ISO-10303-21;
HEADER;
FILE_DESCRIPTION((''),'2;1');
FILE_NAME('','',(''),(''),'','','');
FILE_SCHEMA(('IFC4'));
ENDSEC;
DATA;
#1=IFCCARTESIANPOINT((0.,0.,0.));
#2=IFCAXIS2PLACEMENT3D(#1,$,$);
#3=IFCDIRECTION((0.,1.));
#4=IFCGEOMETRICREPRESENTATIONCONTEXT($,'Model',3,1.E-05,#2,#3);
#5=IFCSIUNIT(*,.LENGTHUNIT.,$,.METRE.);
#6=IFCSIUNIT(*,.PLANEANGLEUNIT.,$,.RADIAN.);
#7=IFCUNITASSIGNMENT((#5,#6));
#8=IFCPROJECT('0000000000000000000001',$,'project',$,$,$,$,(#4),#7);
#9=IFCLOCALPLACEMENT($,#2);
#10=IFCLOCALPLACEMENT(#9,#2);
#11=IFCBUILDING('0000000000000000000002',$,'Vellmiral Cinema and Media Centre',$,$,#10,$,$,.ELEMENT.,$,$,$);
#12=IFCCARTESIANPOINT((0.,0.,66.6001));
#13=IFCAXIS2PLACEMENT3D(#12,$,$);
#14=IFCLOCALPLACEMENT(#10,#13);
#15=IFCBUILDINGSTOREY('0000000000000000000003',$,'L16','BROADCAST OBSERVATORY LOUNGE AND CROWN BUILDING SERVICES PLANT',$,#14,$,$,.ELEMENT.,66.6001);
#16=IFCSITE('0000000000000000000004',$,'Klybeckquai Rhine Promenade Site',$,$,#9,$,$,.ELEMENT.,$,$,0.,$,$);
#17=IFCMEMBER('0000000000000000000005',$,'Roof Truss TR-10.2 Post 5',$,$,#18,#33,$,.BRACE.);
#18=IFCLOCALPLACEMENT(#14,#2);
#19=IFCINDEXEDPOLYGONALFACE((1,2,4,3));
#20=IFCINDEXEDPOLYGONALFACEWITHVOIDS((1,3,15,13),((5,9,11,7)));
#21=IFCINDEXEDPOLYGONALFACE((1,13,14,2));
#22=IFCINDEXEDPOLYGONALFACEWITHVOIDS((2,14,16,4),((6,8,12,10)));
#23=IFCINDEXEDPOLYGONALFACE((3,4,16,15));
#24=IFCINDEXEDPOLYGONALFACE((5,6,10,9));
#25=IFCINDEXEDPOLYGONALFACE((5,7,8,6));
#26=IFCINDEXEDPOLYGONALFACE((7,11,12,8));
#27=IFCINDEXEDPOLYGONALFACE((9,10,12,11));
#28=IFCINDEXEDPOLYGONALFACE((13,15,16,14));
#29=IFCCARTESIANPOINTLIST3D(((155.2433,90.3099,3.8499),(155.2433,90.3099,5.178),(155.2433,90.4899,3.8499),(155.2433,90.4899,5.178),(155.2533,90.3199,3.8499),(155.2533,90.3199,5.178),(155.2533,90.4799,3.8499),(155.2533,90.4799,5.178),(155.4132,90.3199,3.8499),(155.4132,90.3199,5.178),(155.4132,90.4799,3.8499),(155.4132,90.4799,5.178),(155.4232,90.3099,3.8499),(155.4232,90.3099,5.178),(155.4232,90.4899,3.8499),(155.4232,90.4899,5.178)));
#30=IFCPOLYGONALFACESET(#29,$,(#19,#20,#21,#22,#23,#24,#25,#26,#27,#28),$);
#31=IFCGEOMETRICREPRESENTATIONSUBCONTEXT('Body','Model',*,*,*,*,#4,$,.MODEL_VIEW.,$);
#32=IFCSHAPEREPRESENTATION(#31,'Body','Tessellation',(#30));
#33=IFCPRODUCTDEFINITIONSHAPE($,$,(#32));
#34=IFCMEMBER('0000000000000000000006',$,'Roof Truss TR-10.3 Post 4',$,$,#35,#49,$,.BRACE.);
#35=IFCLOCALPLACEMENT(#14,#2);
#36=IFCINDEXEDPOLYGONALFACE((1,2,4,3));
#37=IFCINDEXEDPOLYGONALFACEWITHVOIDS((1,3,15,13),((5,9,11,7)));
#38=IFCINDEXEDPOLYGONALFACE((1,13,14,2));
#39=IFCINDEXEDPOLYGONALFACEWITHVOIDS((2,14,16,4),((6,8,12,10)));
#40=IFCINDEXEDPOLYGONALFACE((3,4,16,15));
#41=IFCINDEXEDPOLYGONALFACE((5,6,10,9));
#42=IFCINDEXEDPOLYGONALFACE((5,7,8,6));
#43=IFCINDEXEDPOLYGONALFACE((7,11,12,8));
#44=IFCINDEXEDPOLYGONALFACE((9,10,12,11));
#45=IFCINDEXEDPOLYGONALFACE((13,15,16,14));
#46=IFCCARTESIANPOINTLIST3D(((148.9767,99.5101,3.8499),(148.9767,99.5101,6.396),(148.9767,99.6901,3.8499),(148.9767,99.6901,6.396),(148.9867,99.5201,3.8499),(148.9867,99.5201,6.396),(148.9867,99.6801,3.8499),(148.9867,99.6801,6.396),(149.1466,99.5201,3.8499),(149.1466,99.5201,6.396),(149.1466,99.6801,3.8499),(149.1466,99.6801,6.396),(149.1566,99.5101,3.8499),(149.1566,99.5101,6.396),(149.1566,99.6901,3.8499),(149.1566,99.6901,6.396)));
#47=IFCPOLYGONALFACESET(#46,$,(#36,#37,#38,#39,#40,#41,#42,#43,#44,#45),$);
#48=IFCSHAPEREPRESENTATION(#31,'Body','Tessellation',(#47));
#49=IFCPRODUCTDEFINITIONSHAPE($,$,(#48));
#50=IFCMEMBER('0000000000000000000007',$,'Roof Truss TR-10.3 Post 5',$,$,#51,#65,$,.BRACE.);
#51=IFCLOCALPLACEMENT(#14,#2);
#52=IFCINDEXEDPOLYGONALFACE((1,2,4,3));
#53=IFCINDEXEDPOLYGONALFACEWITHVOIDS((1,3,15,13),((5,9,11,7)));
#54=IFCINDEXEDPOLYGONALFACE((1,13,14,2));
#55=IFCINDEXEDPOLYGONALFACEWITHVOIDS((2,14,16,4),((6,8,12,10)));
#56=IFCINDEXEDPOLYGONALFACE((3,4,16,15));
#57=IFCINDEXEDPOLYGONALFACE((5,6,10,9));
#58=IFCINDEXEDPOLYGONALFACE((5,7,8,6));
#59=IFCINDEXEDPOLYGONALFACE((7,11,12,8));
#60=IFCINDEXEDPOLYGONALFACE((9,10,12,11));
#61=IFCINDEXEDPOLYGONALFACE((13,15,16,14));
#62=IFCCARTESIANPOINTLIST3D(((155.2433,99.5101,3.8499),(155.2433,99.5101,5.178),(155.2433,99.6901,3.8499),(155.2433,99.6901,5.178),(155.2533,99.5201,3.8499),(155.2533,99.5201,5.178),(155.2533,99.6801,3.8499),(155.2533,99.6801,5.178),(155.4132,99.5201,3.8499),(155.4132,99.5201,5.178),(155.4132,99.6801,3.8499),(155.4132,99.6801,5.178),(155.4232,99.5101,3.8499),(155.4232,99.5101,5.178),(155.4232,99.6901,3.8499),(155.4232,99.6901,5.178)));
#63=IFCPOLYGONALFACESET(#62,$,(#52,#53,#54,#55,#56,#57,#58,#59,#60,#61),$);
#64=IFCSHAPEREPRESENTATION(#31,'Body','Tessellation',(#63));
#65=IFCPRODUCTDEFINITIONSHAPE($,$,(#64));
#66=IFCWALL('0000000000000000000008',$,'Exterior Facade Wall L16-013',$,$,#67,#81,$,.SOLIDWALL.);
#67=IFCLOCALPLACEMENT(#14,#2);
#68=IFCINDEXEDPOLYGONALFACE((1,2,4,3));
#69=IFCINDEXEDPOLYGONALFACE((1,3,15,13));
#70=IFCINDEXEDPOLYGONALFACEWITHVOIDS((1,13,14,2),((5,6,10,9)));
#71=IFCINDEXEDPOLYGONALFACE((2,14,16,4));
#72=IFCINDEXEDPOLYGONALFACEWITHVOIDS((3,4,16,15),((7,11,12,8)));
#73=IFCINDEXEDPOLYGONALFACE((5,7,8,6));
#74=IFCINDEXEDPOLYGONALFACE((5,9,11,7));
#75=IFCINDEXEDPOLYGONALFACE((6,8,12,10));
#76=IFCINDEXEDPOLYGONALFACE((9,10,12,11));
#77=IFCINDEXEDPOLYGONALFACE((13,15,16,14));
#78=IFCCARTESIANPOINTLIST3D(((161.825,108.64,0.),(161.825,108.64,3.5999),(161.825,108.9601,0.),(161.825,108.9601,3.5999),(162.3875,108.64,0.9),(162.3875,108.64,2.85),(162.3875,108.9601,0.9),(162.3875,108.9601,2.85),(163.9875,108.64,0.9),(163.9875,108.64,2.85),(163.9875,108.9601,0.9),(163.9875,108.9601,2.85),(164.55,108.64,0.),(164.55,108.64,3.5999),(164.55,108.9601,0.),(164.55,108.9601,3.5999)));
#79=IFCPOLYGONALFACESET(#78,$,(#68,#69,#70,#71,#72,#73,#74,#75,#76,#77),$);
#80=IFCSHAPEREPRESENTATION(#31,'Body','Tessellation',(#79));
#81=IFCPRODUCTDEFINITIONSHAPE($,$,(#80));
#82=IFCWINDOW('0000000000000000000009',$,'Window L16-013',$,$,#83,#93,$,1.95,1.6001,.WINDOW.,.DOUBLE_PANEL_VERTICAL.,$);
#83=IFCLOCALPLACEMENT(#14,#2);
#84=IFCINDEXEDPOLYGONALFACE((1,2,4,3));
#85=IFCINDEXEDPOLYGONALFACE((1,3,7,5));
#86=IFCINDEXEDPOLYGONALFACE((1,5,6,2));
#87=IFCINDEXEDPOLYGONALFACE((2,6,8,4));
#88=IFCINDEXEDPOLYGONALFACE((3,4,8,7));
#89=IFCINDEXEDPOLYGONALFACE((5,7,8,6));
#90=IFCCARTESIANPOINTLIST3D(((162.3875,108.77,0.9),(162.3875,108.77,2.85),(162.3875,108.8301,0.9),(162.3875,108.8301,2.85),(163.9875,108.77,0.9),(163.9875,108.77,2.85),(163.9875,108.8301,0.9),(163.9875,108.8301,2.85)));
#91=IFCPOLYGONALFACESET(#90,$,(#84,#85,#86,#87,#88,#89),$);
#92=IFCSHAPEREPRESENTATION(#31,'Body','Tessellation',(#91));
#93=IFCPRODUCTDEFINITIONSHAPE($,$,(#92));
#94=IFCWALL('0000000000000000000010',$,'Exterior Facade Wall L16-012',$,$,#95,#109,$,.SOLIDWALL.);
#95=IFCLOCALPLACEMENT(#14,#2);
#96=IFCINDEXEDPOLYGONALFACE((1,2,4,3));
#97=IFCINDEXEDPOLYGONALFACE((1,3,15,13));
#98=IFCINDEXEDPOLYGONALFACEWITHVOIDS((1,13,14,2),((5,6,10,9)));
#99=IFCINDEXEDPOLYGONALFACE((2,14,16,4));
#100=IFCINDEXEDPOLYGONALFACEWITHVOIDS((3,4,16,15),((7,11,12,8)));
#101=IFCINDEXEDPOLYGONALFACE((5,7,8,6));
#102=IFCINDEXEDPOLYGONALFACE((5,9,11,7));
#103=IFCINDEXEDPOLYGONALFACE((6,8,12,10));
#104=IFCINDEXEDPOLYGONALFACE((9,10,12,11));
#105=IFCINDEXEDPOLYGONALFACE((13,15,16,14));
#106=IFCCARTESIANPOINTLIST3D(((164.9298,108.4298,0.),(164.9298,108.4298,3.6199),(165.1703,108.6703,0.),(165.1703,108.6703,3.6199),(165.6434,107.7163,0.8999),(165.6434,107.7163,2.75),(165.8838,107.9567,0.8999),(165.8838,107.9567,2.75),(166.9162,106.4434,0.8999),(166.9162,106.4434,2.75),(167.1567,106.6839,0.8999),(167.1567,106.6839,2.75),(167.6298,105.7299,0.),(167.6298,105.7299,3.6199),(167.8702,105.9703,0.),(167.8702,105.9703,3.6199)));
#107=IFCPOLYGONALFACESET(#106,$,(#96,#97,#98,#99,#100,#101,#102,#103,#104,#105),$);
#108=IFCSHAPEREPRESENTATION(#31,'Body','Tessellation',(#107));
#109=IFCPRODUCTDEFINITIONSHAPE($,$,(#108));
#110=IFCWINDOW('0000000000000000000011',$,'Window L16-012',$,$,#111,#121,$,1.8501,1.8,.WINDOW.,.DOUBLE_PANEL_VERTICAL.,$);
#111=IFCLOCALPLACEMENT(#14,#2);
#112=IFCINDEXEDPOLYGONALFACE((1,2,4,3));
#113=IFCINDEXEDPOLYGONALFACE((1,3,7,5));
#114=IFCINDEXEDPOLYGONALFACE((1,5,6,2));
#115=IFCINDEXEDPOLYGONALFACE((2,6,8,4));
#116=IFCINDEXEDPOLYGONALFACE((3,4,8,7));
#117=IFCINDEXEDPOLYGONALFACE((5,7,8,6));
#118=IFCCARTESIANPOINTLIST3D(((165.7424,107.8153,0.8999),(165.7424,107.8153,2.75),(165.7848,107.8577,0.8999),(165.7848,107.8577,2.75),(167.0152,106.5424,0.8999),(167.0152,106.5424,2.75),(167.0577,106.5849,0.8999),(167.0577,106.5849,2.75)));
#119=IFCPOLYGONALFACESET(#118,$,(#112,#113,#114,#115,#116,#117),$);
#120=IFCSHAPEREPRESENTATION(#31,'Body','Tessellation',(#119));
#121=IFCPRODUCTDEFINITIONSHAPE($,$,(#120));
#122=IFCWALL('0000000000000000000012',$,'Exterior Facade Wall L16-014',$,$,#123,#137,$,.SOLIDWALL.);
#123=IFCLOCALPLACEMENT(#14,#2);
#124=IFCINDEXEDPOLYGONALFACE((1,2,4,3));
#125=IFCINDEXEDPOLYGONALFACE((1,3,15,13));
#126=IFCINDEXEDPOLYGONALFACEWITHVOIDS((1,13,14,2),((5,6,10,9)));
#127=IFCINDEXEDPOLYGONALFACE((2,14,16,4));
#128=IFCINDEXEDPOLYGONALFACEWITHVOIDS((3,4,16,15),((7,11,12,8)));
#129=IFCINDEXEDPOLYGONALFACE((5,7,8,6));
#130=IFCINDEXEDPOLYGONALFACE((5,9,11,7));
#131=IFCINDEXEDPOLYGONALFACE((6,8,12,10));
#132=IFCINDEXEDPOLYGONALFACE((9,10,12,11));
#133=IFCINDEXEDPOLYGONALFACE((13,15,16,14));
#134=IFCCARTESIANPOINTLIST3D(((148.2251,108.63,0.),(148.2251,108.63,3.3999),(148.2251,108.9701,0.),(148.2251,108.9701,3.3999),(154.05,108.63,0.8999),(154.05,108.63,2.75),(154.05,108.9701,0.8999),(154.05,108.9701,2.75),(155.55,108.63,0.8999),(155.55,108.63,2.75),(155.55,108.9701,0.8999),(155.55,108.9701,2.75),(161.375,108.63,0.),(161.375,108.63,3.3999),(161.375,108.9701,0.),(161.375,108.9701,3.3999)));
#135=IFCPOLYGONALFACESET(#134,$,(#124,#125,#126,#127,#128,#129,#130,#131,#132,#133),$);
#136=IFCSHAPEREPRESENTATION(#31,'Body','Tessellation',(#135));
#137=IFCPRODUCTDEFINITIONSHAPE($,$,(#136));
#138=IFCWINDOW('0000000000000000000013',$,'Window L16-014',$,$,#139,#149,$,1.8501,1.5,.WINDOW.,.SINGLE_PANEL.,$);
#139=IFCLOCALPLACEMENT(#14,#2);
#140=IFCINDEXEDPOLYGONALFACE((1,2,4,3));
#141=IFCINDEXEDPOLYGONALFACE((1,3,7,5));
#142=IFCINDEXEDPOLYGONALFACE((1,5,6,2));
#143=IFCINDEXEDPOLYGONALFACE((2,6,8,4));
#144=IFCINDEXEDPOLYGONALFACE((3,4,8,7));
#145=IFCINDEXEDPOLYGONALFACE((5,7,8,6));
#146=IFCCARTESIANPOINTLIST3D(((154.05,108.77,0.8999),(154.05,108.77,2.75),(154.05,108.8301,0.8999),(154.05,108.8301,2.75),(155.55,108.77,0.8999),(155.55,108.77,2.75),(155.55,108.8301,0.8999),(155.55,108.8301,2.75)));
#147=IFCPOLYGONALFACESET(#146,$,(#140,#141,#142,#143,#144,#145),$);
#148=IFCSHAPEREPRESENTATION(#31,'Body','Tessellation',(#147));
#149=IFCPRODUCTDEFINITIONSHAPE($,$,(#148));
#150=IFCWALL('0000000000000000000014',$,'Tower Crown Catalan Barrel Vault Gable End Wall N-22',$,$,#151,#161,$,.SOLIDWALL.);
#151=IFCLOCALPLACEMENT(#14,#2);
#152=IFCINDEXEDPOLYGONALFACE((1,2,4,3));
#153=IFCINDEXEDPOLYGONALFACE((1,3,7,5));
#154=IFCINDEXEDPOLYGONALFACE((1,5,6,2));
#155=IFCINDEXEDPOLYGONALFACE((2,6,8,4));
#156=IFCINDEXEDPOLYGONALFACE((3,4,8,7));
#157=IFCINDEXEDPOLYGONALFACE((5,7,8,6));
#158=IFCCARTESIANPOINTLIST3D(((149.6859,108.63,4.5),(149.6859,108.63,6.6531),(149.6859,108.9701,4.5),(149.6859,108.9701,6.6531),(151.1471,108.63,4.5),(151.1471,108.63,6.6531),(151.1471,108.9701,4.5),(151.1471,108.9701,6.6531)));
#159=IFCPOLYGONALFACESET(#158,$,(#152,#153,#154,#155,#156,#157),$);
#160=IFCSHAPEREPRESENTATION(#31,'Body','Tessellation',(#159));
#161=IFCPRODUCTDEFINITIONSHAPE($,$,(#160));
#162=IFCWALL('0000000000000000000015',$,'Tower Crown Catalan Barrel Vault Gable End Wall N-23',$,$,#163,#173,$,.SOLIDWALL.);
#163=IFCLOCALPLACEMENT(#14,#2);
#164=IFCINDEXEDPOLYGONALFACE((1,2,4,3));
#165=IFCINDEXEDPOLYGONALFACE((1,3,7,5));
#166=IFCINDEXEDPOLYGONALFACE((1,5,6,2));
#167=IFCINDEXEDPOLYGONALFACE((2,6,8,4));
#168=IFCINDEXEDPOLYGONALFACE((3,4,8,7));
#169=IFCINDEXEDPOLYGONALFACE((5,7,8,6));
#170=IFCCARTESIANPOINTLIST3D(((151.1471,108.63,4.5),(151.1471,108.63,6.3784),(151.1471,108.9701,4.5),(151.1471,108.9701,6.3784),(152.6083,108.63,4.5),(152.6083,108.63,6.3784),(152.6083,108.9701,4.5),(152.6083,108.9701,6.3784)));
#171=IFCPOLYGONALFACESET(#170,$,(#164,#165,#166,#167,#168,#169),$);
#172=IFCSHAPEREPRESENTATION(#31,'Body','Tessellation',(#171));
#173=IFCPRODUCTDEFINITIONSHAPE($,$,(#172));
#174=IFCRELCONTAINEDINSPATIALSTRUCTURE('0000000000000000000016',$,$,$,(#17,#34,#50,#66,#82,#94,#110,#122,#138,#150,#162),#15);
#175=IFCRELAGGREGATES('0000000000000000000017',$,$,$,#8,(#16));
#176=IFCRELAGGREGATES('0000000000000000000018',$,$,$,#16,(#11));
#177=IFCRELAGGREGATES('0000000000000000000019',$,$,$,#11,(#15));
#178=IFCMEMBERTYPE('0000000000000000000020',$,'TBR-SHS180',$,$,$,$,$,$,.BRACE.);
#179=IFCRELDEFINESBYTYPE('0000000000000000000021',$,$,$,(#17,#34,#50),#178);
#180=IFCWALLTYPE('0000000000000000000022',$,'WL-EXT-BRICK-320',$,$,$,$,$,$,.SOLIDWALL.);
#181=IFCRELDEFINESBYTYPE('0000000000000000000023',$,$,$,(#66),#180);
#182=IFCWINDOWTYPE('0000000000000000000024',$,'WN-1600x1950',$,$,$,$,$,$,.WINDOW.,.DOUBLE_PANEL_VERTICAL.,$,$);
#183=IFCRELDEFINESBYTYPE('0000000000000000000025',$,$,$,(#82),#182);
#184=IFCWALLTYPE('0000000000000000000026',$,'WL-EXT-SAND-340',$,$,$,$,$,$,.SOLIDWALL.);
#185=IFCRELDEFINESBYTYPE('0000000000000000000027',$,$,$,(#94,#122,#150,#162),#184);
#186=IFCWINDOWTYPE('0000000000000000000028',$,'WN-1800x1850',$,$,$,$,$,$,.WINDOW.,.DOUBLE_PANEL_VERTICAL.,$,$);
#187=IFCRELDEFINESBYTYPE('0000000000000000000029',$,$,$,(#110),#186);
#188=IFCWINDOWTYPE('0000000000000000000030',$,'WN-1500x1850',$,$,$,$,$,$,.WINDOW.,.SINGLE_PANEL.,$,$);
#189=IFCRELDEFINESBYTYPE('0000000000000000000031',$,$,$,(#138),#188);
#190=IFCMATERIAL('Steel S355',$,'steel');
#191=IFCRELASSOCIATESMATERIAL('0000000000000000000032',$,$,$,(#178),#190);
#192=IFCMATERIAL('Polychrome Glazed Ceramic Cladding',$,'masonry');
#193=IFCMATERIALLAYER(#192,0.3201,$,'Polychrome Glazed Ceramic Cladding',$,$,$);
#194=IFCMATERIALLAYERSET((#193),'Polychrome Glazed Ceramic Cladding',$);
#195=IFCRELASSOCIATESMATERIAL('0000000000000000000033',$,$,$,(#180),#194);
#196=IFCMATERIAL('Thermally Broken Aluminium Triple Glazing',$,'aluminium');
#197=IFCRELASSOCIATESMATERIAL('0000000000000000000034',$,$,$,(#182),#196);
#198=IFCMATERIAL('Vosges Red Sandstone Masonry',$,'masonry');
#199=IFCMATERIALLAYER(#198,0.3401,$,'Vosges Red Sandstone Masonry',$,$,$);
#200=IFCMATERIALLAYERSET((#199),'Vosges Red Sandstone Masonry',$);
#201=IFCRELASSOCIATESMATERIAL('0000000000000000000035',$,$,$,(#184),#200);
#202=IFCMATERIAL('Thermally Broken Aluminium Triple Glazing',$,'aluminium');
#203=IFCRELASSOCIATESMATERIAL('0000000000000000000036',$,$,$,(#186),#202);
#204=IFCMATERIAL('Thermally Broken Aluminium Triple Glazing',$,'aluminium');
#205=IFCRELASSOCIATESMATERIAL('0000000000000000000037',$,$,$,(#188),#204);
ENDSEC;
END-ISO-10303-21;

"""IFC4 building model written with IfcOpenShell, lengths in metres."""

from ifc_helpers import new_model, si_unit, direction, frame, frame_2d, origin, origin_2d, place, context, subcontext, project, spatial, rectangle, hollow_rectangle, extrude, material, layer, layer_set, material_profile, profile_set, type_object, element, fill, save


model = new_model("IFC4")

# Units and contexts
model_context = context("Model", 3, precision=1e-05, world=origin(), true_north=direction((0.0, 1.0)))
body_context = subcontext(model_context, "Body", "Model", "MODEL_VIEW")
ifc_project = project(units=[si_unit("LENGTHUNIT", "METRE"), si_unit("PLANEANGLEUNIT", "RADIAN")], contexts=[model_context])

# Site, building, storey
site_placement = place(None, origin())
site = spatial("IfcSite", under=ifc_project, at=site_placement, Name="Klybeckquai Rhine Promenade Site", CompositionType="ELEMENT", RefElevation=0.0)
building_placement = place(site_placement, origin())
building = spatial("IfcBuilding", under=site, at=building_placement, Name="Vellmiral Cinema and Media Centre", CompositionType="ELEMENT")
storey_placement = place(building_placement, frame((0.0, 0.0, 66.6001)))
storey = spatial("IfcBuildingStorey", under=building, at=storey_placement, Name="L16", Description="BROADCAST OBSERVATORY LOUNGE AND CROWN BUILDING SERVICES PLANT", CompositionType="ELEMENT", Elevation=66.6001)

# Members
ifc_material_1 = material(Name="Steel S355", Category="steel")
ifc_material_profile_1 = material_profile(ifc_material_1, hollow_rectangle(XDim=0.1799, YDim=0.1799, WallThickness=0.01, at=origin_2d()), Name="SHS 180x180x10.0")
ifc_profile_set_1 = profile_set([ifc_material_profile_1], Name="Steel S355")
member_type_1 = type_object("IfcMemberType", Name="TBR-SHS180", PredefinedType="BRACE", material=ifc_profile_set_1)
member_1_placement = place(storey_placement, frame((155.3333, 90.3999, 3.8499), z_axis=(0.0, 0.0, 1.0), x_axis=(1.0, 0.0, 0.0)))
element("IfcMember", 1, at=member_1_placement, inside=storey, type_object=member_type_1, Name="Roof Truss TR-10.2 Post 5", PredefinedType="BRACE", context=body_context, shape_type="SweptSolid", body=[
    extrude(hollow_rectangle(XDim=0.1799, YDim=0.1799, WallThickness=0.01, at=origin_2d()), origin(), (0.0, 0.0, 1.0), 1.3281),
])
member_2_placement = place(storey_placement, frame((149.0667, 99.6001, 3.8499), z_axis=(0.0, 0.0, 1.0), x_axis=(1.0, 0.0, 0.0)))
element("IfcMember", 2, at=member_2_placement, inside=storey, type_object=member_type_1, Name="Roof Truss TR-10.3 Post 4", PredefinedType="BRACE", context=body_context, shape_type="SweptSolid", body=[
    extrude(hollow_rectangle(XDim=0.1799, YDim=0.1799, WallThickness=0.01, at=origin_2d()), origin(), (0.0, 0.0, 1.0), 2.5461),
])
member_3_placement = place(storey_placement, frame((155.3333, 99.6001, 3.8499), z_axis=(0.0, 0.0, 1.0), x_axis=(1.0, 0.0, 0.0)))
element("IfcMember", 3, at=member_3_placement, inside=storey, type_object=member_type_1, Name="Roof Truss TR-10.3 Post 5", PredefinedType="BRACE", context=body_context, shape_type="SweptSolid", body=[
    extrude(hollow_rectangle(XDim=0.1799, YDim=0.1799, WallThickness=0.01, at=origin_2d()), origin(), (0.0, 0.0, 1.0), 1.3281),
])

# Walls, openings, windows
ifc_material_2 = material(Name="Polychrome Glazed Ceramic Cladding", Category="masonry")
ifc_layer_1 = layer(ifc_material_2, 0.3201, Name="Polychrome Glazed Ceramic Cladding")
ifc_layer_set_1 = layer_set([ifc_layer_1], Name="Polychrome Glazed Ceramic Cladding")
wall_type_1 = type_object("IfcWallType", Name="WL-EXT-BRICK-320", PredefinedType="SOLIDWALL", material=ifc_layer_set_1)
wall_1_placement = place(storey_placement, frame((164.55, 108.8, 0.0), z_axis=(0.0, 0.0, 1.0), x_axis=(-1.0, 0.0, 0.0)))
wall_1 = element("IfcWall", 4, at=wall_1_placement, inside=storey, type_object=wall_type_1, Name="Exterior Facade Wall L16-013", PredefinedType="SOLIDWALL", context=body_context, shape_type="SweptSolid", body=[
    extrude(rectangle(XDim=2.7251, YDim=0.3201, at=frame_2d((1.3625, 0.0))), origin(), (0.0, 0.0, 1.0), 3.5999),
])
opening_1_placement = place(wall_1_placement, frame((0.5625, 0.0, 0.8999)))
opening_1 = element("IfcOpeningElement", 5, at=opening_1_placement, cuts=wall_1, PredefinedType="OPENING", context=body_context, shape_type="SweptSolid", body=[
    extrude(rectangle(XDim=1.6001, YDim=1.95, at=frame_2d((0.8, 0.9751))), frame((0.0, 0.1719, 0.0), z_axis=(0.0, -1.0, 0.0), x_axis=(1.0, 0.0, 0.0)), (0.0, 0.0, 1.0), 0.344),
])
ifc_material_3 = material(Name="Thermally Broken Aluminium Triple Glazing", Category="aluminium")
window_type_1 = type_object("IfcWindowType", Name="WN-1600x1950", PartitioningType="DOUBLE_PANEL_VERTICAL", PredefinedType="WINDOW", material=ifc_material_3)
window_1_placement = place(opening_1_placement, origin())
window_1 = element("IfcWindow", 6, at=window_1_placement, inside=storey, type_object=window_type_1, Name="Window L16-013", OverallHeight=1.95, OverallWidth=1.6001, PartitioningType="DOUBLE_PANEL_VERTICAL", PredefinedType="WINDOW", context=body_context, shape_type="SweptSolid", body=[
    extrude(rectangle(XDim=1.6001, YDim=1.95, at=frame_2d((0.8, 0.9751))), frame((0.0, 0.03, 0.0), z_axis=(0.0, -1.0, 0.0), x_axis=(1.0, 0.0, 0.0)), (0.0, 0.0, 1.0), 0.0601),
])
fill(opening_1, window_1)
ifc_material_4 = material(Name="Vosges Red Sandstone Masonry", Category="masonry")
ifc_layer_2 = layer(ifc_material_4, 0.3401, Name="Vosges Red Sandstone Masonry")
ifc_layer_set_2 = layer_set([ifc_layer_2], Name="Vosges Red Sandstone Masonry")
wall_type_2 = type_object("IfcWallType", Name="WL-EXT-SAND-340", PredefinedType="SOLIDWALL", material=ifc_layer_set_2)
wall_2_placement = place(storey_placement, frame((167.75, 105.8501, 0.0), z_axis=(0.0, 0.0, 1.0), x_axis=(-0.707107, 0.707107, 0.0)))
wall_2 = element("IfcWall", 7, at=wall_2_placement, inside=storey, type_object=wall_type_2, Name="Exterior Facade Wall L16-012", PredefinedType="SOLIDWALL", context=body_context, shape_type="SweptSolid", body=[
    extrude(rectangle(XDim=3.8184, YDim=0.3401, at=frame_2d((1.9092, 0.0))), origin(), (0.0, 0.0, 1.0), 3.6199),
])
opening_2_placement = place(wall_2_placement, frame((1.0093, 0.0, 0.8999)))
opening_2 = element("IfcOpeningElement", 8, at=opening_2_placement, cuts=wall_2, PredefinedType="OPENING", context=body_context, shape_type="SweptSolid", body=[
    extrude(rectangle(XDim=1.8, YDim=1.8501, at=frame_2d((0.8999, 0.925))), frame((0.0, 0.1821, 0.0), z_axis=(0.0, -1.0, 0.0), x_axis=(1.0, 0.0, 0.0)), (0.0, 0.0, 1.0), 0.364),
])
ifc_material_5 = material(Name="Thermally Broken Aluminium Triple Glazing", Category="aluminium")
window_type_2 = type_object("IfcWindowType", Name="WN-1800x1850", PartitioningType="DOUBLE_PANEL_VERTICAL", PredefinedType="WINDOW", material=ifc_material_5)
window_2_placement = place(opening_2_placement, origin())
window_2 = element("IfcWindow", 9, at=window_2_placement, inside=storey, type_object=window_type_2, Name="Window L16-012", OverallHeight=1.8501, OverallWidth=1.8, PartitioningType="DOUBLE_PANEL_VERTICAL", PredefinedType="WINDOW", context=body_context, shape_type="SweptSolid", body=[
    extrude(rectangle(XDim=1.8, YDim=1.8501, at=frame_2d((0.8999, 0.925))), frame((0.0, 0.03, 0.0), z_axis=(0.0, -1.0, 0.0), x_axis=(1.0, 0.0, 0.0)), (0.0, 0.0, 1.0), 0.0601),
])
fill(opening_2, window_2)
wall_3_placement = place(storey_placement, frame((161.375, 108.8, 0.0), z_axis=(0.0, 0.0, 1.0), x_axis=(-1.0, 0.0, 0.0)))
wall_3 = element("IfcWall", 10, at=wall_3_placement, inside=storey, type_object=wall_type_2, Name="Exterior Facade Wall L16-014", PredefinedType="SOLIDWALL", context=body_context, shape_type="SweptSolid", body=[
    extrude(rectangle(XDim=13.1499, YDim=0.3401, at=frame_2d((6.575, 0.0))), origin(), (0.0, 0.0, 1.0), 3.3999),
])
opening_3_placement = place(wall_3_placement, frame((5.825, 0.0, 0.8999)))
opening_3 = element("IfcOpeningElement", 11, at=opening_3_placement, cuts=wall_3, PredefinedType="OPENING", context=body_context, shape_type="SweptSolid", body=[
    extrude(rectangle(XDim=1.5, YDim=1.8501, at=frame_2d((0.75, 0.925))), frame((0.0, 0.1821, 0.0), z_axis=(0.0, -1.0, 0.0), x_axis=(1.0, 0.0, 0.0)), (0.0, 0.0, 1.0), 0.364),
])
ifc_material_6 = material(Name="Thermally Broken Aluminium Triple Glazing", Category="aluminium")
window_type_3 = type_object("IfcWindowType", Name="WN-1500x1850", PartitioningType="SINGLE_PANEL", PredefinedType="WINDOW", material=ifc_material_6)
window_3_placement = place(opening_3_placement, origin())
window_3 = element("IfcWindow", 12, at=window_3_placement, inside=storey, type_object=window_type_3, Name="Window L16-014", OverallHeight=1.8501, OverallWidth=1.5, PartitioningType="SINGLE_PANEL", PredefinedType="WINDOW", context=body_context, shape_type="SweptSolid", body=[
    extrude(rectangle(XDim=1.5, YDim=1.8501, at=frame_2d((0.75, 0.925))), frame((0.0, 0.03, 0.0), z_axis=(0.0, -1.0, 0.0), x_axis=(1.0, 0.0, 0.0)), (0.0, 0.0, 1.0), 0.0601),
])
fill(opening_3, window_3)

# Walls
wall_4_placement = place(storey_placement, frame((149.686, 108.8, 4.5), z_axis=(0.0, 0.0, 1.0), x_axis=(1.0, 0.0, 0.0)))
element("IfcWall", 13, at=wall_4_placement, inside=storey, type_object=wall_type_2, Name="Tower Crown Catalan Barrel Vault Gable End Wall N-22", PredefinedType="SOLIDWALL", context=body_context, shape_type="SweptSolid", body=[
    extrude(rectangle(XDim=1.4612, YDim=0.3401, at=frame_2d((0.7305, 0.0))), origin(), (0.0, 0.0, 1.0), 2.1531),
])
wall_5_placement = place(storey_placement, frame((151.1472, 108.8, 4.5), z_axis=(0.0, 0.0, 1.0), x_axis=(1.0, 0.0, 0.0)))
element("IfcWall", 14, at=wall_5_placement, inside=storey, type_object=wall_type_2, Name="Tower Crown Catalan Barrel Vault Gable End Wall N-23", PredefinedType="SOLIDWALL", context=body_context, shape_type="SweptSolid", body=[
    extrude(rectangle(XDim=1.4612, YDim=0.3401, at=frame_2d((0.7305, 0.0))), origin(), (0.0, 0.0, 1.0), 1.8784),
])

save(model, "model.ifc")
